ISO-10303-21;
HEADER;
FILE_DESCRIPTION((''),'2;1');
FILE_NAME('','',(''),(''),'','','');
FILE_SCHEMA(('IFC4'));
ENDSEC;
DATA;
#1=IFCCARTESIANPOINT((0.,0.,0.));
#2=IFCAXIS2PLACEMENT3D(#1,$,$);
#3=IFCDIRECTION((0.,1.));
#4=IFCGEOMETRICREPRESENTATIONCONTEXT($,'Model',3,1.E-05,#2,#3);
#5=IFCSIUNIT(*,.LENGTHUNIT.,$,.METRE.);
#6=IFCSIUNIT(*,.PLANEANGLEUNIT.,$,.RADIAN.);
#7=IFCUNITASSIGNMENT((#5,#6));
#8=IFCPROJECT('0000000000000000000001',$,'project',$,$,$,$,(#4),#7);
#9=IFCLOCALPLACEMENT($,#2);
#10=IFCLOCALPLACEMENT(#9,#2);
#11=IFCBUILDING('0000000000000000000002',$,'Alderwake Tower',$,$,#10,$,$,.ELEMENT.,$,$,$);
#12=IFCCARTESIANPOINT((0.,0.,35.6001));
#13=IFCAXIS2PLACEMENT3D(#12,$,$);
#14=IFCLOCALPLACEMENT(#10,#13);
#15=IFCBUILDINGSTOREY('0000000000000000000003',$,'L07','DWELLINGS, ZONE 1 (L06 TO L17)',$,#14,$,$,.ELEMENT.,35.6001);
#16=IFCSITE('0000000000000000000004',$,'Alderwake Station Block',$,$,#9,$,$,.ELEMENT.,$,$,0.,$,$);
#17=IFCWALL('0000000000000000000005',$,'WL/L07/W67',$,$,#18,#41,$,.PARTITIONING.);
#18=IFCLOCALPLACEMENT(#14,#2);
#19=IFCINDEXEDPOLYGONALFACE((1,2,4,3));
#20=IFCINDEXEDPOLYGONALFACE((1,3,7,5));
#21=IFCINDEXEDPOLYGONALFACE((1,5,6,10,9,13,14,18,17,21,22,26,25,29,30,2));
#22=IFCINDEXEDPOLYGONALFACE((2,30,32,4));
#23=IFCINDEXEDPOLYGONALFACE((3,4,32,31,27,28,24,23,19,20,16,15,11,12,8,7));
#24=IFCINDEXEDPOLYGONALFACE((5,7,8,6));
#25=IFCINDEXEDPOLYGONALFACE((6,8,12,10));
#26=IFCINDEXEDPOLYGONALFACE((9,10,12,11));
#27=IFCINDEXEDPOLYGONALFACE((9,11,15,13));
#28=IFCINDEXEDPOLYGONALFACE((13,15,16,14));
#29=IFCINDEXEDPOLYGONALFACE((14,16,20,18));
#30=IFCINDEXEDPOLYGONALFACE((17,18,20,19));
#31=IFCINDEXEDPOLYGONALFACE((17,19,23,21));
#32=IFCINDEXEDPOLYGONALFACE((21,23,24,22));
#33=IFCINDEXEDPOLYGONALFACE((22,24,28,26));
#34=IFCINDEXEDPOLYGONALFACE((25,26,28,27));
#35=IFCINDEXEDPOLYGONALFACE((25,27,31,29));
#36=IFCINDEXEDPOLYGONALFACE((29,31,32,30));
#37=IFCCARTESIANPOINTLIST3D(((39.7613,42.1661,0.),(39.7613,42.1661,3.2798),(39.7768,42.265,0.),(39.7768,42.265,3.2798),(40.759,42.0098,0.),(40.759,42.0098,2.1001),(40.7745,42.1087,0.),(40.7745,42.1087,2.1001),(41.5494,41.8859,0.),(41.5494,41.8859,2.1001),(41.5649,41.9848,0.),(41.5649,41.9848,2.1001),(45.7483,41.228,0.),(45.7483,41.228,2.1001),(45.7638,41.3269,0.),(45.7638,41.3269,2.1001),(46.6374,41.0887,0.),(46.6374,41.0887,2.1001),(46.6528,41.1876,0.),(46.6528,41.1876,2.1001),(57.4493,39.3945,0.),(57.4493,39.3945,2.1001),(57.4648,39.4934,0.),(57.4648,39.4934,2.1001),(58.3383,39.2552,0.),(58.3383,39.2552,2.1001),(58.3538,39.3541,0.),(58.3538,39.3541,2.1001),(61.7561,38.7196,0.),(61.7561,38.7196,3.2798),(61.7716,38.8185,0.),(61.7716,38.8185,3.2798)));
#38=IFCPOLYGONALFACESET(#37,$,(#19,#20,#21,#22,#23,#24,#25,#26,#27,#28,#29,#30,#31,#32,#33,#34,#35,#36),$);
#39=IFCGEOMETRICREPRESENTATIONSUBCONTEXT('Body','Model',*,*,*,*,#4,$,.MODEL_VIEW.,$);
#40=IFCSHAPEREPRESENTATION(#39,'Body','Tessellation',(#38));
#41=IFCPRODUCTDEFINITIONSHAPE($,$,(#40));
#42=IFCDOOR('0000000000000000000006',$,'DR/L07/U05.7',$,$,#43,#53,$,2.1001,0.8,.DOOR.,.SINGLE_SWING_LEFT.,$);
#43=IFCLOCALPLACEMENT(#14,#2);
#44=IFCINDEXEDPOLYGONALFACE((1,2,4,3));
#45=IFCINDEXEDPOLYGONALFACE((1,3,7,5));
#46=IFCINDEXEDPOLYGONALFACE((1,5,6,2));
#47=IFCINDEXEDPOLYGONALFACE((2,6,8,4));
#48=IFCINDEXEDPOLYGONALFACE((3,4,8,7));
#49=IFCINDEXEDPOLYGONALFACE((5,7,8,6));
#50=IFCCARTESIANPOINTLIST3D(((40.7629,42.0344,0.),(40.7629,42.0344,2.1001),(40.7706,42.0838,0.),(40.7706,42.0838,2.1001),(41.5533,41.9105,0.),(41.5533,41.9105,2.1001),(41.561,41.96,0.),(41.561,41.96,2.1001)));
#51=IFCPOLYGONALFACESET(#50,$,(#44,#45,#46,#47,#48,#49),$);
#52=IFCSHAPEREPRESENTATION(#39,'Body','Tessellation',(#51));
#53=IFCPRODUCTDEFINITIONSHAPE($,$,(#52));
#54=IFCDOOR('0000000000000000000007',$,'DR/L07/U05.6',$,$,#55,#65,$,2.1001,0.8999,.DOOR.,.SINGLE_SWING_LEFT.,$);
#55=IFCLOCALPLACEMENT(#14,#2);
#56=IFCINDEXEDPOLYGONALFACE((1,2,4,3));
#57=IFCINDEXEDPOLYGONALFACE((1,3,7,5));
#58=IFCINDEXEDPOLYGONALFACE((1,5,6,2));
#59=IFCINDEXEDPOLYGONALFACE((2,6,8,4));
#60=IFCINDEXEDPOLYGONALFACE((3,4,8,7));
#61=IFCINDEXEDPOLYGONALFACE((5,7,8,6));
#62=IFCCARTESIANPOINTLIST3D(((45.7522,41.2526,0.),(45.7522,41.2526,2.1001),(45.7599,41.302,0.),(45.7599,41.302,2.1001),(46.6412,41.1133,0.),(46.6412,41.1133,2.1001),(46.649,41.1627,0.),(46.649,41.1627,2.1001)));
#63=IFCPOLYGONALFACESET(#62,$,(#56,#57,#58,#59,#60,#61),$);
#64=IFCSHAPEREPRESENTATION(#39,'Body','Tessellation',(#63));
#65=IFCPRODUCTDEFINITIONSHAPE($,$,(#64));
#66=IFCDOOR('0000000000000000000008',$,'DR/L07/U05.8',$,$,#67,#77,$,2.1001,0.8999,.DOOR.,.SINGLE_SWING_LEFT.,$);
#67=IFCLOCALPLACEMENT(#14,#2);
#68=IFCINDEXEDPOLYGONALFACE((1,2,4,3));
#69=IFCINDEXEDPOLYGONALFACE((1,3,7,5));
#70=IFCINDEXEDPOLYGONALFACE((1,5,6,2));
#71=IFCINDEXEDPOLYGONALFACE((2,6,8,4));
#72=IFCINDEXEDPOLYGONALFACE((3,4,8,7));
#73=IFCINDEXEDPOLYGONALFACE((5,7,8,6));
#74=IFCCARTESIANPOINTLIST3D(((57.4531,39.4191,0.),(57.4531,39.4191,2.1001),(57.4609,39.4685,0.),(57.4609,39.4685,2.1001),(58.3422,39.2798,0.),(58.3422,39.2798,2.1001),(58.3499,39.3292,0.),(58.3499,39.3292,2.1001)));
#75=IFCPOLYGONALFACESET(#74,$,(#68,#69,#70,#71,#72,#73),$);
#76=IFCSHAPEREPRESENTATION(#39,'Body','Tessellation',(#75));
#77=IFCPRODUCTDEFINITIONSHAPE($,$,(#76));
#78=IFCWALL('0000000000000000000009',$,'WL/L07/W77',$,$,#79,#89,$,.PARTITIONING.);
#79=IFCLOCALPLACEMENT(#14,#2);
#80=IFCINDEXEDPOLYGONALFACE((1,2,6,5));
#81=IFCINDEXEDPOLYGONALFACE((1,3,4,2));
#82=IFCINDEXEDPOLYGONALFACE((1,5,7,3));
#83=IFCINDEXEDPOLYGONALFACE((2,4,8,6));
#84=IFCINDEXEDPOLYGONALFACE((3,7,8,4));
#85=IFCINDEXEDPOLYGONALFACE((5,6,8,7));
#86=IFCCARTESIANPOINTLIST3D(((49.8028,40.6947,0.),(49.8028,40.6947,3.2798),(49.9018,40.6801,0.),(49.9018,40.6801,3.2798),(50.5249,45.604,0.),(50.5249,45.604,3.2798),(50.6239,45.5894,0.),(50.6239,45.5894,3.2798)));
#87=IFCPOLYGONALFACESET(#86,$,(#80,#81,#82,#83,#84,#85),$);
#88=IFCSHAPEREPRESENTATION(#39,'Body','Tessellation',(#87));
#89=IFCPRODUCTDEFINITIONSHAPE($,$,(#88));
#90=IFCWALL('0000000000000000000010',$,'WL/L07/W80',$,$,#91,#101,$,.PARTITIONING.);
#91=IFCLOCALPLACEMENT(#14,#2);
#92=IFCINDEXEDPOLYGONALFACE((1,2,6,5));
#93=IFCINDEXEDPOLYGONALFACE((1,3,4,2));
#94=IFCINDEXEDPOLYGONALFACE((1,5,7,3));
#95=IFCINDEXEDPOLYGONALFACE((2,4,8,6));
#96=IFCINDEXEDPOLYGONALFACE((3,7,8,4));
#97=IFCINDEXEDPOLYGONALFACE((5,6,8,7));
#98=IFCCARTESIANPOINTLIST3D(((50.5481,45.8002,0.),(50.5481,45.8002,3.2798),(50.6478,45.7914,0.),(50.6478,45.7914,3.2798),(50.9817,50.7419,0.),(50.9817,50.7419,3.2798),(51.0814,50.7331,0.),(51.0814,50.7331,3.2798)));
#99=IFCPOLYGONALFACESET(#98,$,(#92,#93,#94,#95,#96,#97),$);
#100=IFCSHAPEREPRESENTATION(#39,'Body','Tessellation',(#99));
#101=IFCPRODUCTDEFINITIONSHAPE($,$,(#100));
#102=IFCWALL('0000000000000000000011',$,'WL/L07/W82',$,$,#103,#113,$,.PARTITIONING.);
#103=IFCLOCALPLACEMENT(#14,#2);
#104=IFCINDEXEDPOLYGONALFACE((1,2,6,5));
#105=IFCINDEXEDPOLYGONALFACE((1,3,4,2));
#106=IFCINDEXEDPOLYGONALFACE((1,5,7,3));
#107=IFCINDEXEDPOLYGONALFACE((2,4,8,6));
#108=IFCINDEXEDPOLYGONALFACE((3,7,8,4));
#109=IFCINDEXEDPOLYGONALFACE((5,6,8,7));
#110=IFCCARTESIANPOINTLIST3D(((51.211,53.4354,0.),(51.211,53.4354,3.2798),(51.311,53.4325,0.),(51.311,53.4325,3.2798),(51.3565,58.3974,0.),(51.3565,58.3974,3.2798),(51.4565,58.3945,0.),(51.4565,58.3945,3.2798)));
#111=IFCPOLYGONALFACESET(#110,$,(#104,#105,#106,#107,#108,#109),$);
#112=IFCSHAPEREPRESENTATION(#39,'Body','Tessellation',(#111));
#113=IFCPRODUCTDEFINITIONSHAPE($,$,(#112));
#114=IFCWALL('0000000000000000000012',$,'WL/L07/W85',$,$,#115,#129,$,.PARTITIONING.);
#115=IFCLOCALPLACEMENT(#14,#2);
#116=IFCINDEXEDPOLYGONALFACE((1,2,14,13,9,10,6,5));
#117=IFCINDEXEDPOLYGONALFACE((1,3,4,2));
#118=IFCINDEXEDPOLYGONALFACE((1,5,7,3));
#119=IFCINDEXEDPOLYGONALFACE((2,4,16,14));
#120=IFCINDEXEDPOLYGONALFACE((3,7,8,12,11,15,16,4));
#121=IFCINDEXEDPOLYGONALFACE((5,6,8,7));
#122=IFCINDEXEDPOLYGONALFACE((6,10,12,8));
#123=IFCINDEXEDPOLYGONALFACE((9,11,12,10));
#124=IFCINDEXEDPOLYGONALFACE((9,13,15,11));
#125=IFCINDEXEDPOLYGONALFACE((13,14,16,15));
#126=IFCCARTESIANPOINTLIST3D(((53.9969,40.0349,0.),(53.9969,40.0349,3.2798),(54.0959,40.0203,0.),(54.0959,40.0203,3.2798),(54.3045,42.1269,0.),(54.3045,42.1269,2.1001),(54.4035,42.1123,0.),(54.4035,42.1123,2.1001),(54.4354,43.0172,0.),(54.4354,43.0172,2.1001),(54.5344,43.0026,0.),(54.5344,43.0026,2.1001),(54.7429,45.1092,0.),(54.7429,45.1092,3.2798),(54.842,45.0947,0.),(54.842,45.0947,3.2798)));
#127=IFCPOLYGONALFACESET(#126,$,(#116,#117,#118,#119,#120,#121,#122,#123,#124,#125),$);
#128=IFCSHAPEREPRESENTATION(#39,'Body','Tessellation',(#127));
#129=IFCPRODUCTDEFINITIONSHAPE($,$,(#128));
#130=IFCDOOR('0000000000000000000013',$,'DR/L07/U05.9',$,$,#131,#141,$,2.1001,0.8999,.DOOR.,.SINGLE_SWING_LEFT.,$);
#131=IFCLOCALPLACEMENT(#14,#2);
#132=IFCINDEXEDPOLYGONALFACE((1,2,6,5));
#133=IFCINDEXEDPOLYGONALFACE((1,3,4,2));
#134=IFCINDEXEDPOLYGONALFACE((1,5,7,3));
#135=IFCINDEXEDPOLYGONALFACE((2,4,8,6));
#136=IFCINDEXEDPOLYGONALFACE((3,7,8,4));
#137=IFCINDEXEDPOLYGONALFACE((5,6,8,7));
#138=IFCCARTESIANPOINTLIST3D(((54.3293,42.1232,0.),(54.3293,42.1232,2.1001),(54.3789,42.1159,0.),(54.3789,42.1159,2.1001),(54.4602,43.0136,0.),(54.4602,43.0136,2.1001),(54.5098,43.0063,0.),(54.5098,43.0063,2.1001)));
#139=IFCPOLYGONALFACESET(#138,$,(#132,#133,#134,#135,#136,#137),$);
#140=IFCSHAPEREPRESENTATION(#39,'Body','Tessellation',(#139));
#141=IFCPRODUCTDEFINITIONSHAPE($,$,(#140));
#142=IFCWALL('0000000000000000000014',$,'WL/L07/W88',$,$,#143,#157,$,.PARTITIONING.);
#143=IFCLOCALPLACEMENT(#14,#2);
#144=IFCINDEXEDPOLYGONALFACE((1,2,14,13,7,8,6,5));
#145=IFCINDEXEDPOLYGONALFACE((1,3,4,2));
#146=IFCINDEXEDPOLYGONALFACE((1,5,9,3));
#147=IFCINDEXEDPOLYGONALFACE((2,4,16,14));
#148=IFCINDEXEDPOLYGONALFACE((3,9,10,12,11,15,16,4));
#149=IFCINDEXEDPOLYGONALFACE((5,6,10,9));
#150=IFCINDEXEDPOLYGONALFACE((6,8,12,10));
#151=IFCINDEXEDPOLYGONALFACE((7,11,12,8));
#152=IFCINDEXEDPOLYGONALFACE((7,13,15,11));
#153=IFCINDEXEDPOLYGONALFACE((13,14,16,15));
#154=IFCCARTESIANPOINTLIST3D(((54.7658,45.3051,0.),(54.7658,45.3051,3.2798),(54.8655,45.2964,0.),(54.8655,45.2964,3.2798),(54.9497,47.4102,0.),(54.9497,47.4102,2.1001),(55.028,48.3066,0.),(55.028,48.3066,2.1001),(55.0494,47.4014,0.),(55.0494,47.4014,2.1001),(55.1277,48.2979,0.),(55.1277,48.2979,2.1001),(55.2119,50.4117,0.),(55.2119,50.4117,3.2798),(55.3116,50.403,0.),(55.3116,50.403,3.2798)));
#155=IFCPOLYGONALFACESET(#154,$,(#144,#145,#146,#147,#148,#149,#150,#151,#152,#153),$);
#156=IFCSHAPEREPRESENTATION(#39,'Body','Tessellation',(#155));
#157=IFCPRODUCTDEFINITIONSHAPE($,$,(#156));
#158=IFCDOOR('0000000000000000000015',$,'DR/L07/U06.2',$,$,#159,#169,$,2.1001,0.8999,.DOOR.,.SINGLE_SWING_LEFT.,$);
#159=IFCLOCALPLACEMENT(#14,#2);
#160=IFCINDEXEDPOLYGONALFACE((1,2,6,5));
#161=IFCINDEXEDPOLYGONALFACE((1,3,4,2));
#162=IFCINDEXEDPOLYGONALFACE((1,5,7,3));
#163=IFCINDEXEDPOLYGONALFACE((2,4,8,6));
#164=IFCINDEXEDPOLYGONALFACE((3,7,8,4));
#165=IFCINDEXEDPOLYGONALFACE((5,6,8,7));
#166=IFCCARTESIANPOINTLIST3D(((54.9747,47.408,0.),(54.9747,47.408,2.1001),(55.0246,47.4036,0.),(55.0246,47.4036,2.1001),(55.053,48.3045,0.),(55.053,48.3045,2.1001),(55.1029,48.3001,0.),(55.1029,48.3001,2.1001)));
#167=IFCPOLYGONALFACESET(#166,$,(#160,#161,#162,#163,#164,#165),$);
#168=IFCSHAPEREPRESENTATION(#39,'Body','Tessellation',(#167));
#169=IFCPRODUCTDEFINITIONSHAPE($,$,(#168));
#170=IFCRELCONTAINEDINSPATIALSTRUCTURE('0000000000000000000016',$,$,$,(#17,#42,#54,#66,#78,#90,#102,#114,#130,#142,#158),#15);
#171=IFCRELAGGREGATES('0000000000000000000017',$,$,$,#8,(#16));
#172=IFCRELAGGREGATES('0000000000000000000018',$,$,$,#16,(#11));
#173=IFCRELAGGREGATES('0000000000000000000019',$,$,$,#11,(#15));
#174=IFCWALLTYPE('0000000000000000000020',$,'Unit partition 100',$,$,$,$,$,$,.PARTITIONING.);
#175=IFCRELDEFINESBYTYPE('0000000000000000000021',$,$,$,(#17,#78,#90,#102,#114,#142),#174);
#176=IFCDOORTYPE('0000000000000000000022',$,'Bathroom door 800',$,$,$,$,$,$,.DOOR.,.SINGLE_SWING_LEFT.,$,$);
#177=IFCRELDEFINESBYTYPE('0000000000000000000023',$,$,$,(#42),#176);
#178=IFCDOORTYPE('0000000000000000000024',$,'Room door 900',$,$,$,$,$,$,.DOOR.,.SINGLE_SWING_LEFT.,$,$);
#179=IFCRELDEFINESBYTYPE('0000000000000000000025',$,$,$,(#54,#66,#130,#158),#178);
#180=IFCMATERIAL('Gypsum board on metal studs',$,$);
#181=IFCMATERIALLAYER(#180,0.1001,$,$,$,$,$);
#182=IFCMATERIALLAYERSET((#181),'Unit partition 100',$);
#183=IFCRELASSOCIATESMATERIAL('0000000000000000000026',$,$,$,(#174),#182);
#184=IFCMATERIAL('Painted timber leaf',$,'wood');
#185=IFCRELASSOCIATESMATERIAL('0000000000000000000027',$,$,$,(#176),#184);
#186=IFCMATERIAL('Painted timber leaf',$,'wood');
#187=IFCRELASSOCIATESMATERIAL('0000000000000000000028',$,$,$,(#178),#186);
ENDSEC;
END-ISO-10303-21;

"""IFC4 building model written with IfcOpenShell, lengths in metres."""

from ifc_helpers import new_model, si_unit, direction, frame, frame_2d, origin, place, context, subcontext, project, spatial, rectangle, extrude, material, layer, layer_set, type_object, element, fill, save


model = new_model("IFC4")

# Units and contexts
model_context = context("Model", 3, precision=1e-05, world=origin(), true_north=direction((0.0, 1.0)))
body_context = subcontext(model_context, "Body", "Model", "MODEL_VIEW")
ifc_project = project(units=[si_unit("LENGTHUNIT", "METRE"), si_unit("PLANEANGLEUNIT", "RADIAN")], contexts=[model_context])

# Site, building, storey
site_placement = place(None, origin())
site = spatial("IfcSite", under=ifc_project, at=site_placement, Name="Alderwake Station Block", CompositionType="ELEMENT", RefElevation=0.0)
building_placement = place(site_placement, origin())
building = spatial("IfcBuilding", under=site, at=building_placement, Name="Alderwake Tower", CompositionType="ELEMENT")
storey_placement = place(building_placement, frame((0.0, 0.0, 35.6001)))
storey = spatial("IfcBuildingStorey", under=building, at=storey_placement, Name="L07", Description="DWELLINGS, ZONE 1 (L06 TO L17)", CompositionType="ELEMENT", Elevation=35.6001)

# Wall, openings, doors
ifc_material_1 = material(Name="Gypsum board on metal studs")
ifc_layer_1 = layer(ifc_material_1, 0.1001)
ifc_layer_set_1 = layer_set([ifc_layer_1], Name="Unit partition 100")
wall_type_1 = type_object("IfcWallType", Name="Unit partition 100", PredefinedType="PARTITIONING", material=ifc_layer_set_1)
wall_1_placement = place(storey_placement, frame((39.769, 42.2156, 0.0), z_axis=(0.0, 0.0, 1.0), x_axis=(0.987945, -0.154808, 0.0)))
wall_1 = element("IfcWall", 1, at=wall_1_placement, inside=storey, type_object=wall_type_1, Name="WL/L07/W67", PredefinedType="PARTITIONING", context=body_context, shape_type="SweptSolid", body=[
    extrude(rectangle(XDim=22.2632, YDim=0.1001, at=frame_2d((11.1316, 0.0))), origin(), (0.0, 0.0, 1.0), 3.2798),
])
opening_1_placement = place(wall_1_placement, frame((6.0601, 0.0, 0.0)))
opening_1 = element("IfcOpeningElement", 2, at=opening_1_placement, cuts=wall_1, PredefinedType="OPENING", context=body_context, shape_type="SweptSolid", body=[
    extrude(rectangle(XDim=0.8999, YDim=2.1001, at=frame_2d((0.45, 1.05))), frame((0.0, 0.0601, 0.0), z_axis=(0.0, -1.0, 0.0), x_axis=(1.0, 0.0, 0.0)), (0.0, 0.0, 1.0), 0.1201),
])
opening_2_placement = place(wall_1_placement, frame((1.01, 0.0, 0.0)))
opening_2 = element("IfcOpeningElement", 3, at=opening_2_placement, cuts=wall_1, PredefinedType="OPENING", context=body_context, shape_type="SweptSolid", body=[
    extrude(rectangle(XDim=0.8, YDim=2.1001, at=frame_2d((0.3999, 1.05))), frame((0.0, 0.0601, 0.0), z_axis=(0.0, -1.0, 0.0), x_axis=(1.0, 0.0, 0.0)), (0.0, 0.0, 1.0), 0.1201),
])
opening_3_placement = place(wall_1_placement, frame((17.9038, 0.0, 0.0)))
opening_3 = element("IfcOpeningElement", 4, at=opening_3_placement, cuts=wall_1, PredefinedType="OPENING", context=body_context, shape_type="SweptSolid", body=[
    extrude(rectangle(XDim=0.8999, YDim=2.1001, at=frame_2d((0.45, 1.05))), frame((0.0, 0.0601, 0.0), z_axis=(0.0, -1.0, 0.0), x_axis=(1.0, 0.0, 0.0)), (0.0, 0.0, 1.0), 0.1201),
])
ifc_material_2 = material(Name="Painted timber leaf", Category="wood")
door_type_1 = type_object("IfcDoorType", Name="Bathroom door 800", OperationType="SINGLE_SWING_LEFT", PredefinedType="DOOR", material=ifc_material_2)
door_1_placement = place(opening_2_placement, origin())
door_1 = element("IfcDoor", 5, at=door_1_placement, inside=storey, type_object=door_type_1, Name="DR/L07/U05.7", OperationType="SINGLE_SWING_LEFT", OverallHeight=2.1001, OverallWidth=0.8, PredefinedType="DOOR", context=body_context, shape_type="SweptSolid", body=[
    extrude(rectangle(XDim=0.8, YDim=2.1001, at=frame_2d((0.3999, 1.05))), frame((0.0, 0.0249, 0.0), z_axis=(0.0, -1.0, 0.0), x_axis=(1.0, 0.0, 0.0)), (0.0, 0.0, 1.0), 0.05),
])
fill(opening_2, door_1)
ifc_material_3 = material(Name="Painted timber leaf", Category="wood")
door_type_2 = type_object("IfcDoorType", Name="Room door 900", OperationType="SINGLE_SWING_LEFT", PredefinedType="DOOR", material=ifc_material_3)
door_2_placement = place(opening_1_placement, origin())
door_2 = element("IfcDoor", 6, at=door_2_placement, inside=storey, type_object=door_type_2, Name="DR/L07/U05.6", OperationType="SINGLE_SWING_LEFT", OverallHeight=2.1001, OverallWidth=0.8999, PredefinedType="DOOR", context=body_context, shape_type="SweptSolid", body=[
    extrude(rectangle(XDim=0.8999, YDim=2.1001, at=frame_2d((0.45, 1.05))), frame((0.0, 0.0249, 0.0), z_axis=(0.0, -1.0, 0.0), x_axis=(1.0, 0.0, 0.0)), (0.0, 0.0, 1.0), 0.05),
])
fill(opening_1, door_2)
door_3_placement = place(opening_3_placement, origin())
door_3 = element("IfcDoor", 7, at=door_3_placement, inside=storey, type_object=door_type_2, Name="DR/L07/U05.8", OperationType="SINGLE_SWING_LEFT", OverallHeight=2.1001, OverallWidth=0.8999, PredefinedType="DOOR", context=body_context, shape_type="SweptSolid", body=[
    extrude(rectangle(XDim=0.8999, YDim=2.1001, at=frame_2d((0.45, 1.05))), frame((0.0, 0.0249, 0.0), z_axis=(0.0, -1.0, 0.0), x_axis=(1.0, 0.0, 0.0)), (0.0, 0.0, 1.0), 0.05),
])
fill(opening_3, door_3)

# Walls
wall_2_placement = place(storey_placement, frame((49.8523, 40.6875, 0.0), z_axis=(0.0, 0.0, 1.0), x_axis=(0.145532, 0.989354, 0.0)))
element("IfcWall", 8, at=wall_2_placement, inside=storey, type_object=wall_type_1, Name="WL/L07/W77", PredefinedType="PARTITIONING", context=body_context, shape_type="SweptSolid", body=[
    extrude(rectangle(XDim=4.9622, YDim=0.1001, at=frame_2d((2.481, 0.0))), origin(), (0.0, 0.0, 1.0), 3.2798),
])
wall_3_placement = place(storey_placement, frame((50.5979, 45.7957, 0.0), z_axis=(0.0, 0.0, 1.0), x_axis=(0.087407, 0.996173, 0.0)))
element("IfcWall", 9, at=wall_3_placement, inside=storey, type_object=wall_type_1, Name="WL/L07/W80", PredefinedType="PARTITIONING", context=body_context, shape_type="SweptSolid", body=[
    extrude(rectangle(XDim=4.9607, YDim=0.1001, at=frame_2d((2.4805, 0.0))), origin(), (0.0, 0.0, 1.0), 3.2798),
])
wall_4_placement = place(storey_placement, frame((51.261, 53.4341, 0.0), z_axis=(0.0, 0.0, 1.0), x_axis=(0.029312, 0.99957, 0.0)))
element("IfcWall", 10, at=wall_4_placement, inside=storey, type_object=wall_type_1, Name="WL/L07/W82", PredefinedType="PARTITIONING", context=body_context, shape_type="SweptSolid", body=[
    extrude(rectangle(XDim=4.9641, YDim=0.1001, at=frame_2d((2.4819, 0.0))), origin(), (0.0, 0.0, 1.0), 3.2798),
])

# Walls, openings, doors
wall_5_placement = place(storey_placement, frame((54.0464, 40.0276, 0.0), z_axis=(0.0, 0.0, 1.0), x_axis=(0.145465, 0.989363, 0.0)))
wall_5 = element("IfcWall", 11, at=wall_5_placement, inside=storey, type_object=wall_type_1, Name="WL/L07/W85", PredefinedType="PARTITIONING", context=body_context, shape_type="SweptSolid", body=[
    extrude(rectangle(XDim=5.1289, YDim=0.1001, at=frame_2d((2.5645, 0.0))), origin(), (0.0, 0.0, 1.0), 3.2798),
])
opening_4_placement = place(wall_5_placement, frame((2.1145, 0.0, 0.0)))
opening_4 = element("IfcOpeningElement", 12, at=opening_4_placement, cuts=wall_5, PredefinedType="OPENING", context=body_context, shape_type="SweptSolid", body=[
    extrude(rectangle(XDim=0.8999, YDim=2.1001, at=frame_2d((0.45, 1.05))), frame((0.0, 0.0601, 0.0), z_axis=(0.0, -1.0, 0.0), x_axis=(1.0, 0.0, 0.0)), (0.0, 0.0, 1.0), 0.1201),
])
door_4_placement = place(opening_4_placement, origin())
door_4 = element("IfcDoor", 13, at=door_4_placement, inside=storey, type_object=door_type_2, Name="DR/L07/U05.9", OperationType="SINGLE_SWING_LEFT", OverallHeight=2.1001, OverallWidth=0.8999, PredefinedType="DOOR", context=body_context, shape_type="SweptSolid", body=[
    extrude(rectangle(XDim=0.8999, YDim=2.1001, at=frame_2d((0.45, 1.05))), frame((0.0, 0.0249, 0.0), z_axis=(0.0, -1.0, 0.0), x_axis=(1.0, 0.0, 0.0)), (0.0, 0.0, 1.0), 0.05),
])
fill(opening_4, door_4)
wall_6_placement = place(storey_placement, frame((54.8157, 45.3008, 0.0), z_axis=(0.0, 0.0, 1.0), x_axis=(0.087018, 0.996207, 0.0)))
wall_6 = element("IfcWall", 14, at=wall_6_placement, inside=storey, type_object=wall_type_1, Name="WL/L07/W88", PredefinedType="PARTITIONING", context=body_context, shape_type="SweptSolid", body=[
    extrude(rectangle(XDim=5.126, YDim=0.1001, at=frame_2d((2.563, 0.0))), origin(), (0.0, 0.0, 1.0), 3.2798),
])
opening_5_placement = place(wall_6_placement, frame((2.113, 0.0, 0.0)))
opening_5 = element("IfcOpeningElement", 15, at=opening_5_placement, cuts=wall_6, PredefinedType="OPENING", context=body_context, shape_type="SweptSolid", body=[
    extrude(rectangle(XDim=0.8999, YDim=2.1001, at=frame_2d((0.45, 1.05))), frame((0.0, 0.0601, 0.0), z_axis=(0.0, -1.0, 0.0), x_axis=(1.0, 0.0, 0.0)), (0.0, 0.0, 1.0), 0.1201),
])
door_5_placement = place(opening_5_placement, origin())
door_5 = element("IfcDoor", 16, at=door_5_placement, inside=storey, type_object=door_type_2, Name="DR/L07/U06.2", OperationType="SINGLE_SWING_LEFT", OverallHeight=2.1001, OverallWidth=0.8999, PredefinedType="DOOR", context=body_context, shape_type="SweptSolid", body=[
    extrude(rectangle(XDim=0.8999, YDim=2.1001, at=frame_2d((0.45, 1.05))), frame((0.0, 0.0249, 0.0), z_axis=(0.0, -1.0, 0.0), x_axis=(1.0, 0.0, 0.0)), (0.0, 0.0, 1.0), 0.05),
])
fill(opening_5, door_5)

save(model, "model.ifc")
